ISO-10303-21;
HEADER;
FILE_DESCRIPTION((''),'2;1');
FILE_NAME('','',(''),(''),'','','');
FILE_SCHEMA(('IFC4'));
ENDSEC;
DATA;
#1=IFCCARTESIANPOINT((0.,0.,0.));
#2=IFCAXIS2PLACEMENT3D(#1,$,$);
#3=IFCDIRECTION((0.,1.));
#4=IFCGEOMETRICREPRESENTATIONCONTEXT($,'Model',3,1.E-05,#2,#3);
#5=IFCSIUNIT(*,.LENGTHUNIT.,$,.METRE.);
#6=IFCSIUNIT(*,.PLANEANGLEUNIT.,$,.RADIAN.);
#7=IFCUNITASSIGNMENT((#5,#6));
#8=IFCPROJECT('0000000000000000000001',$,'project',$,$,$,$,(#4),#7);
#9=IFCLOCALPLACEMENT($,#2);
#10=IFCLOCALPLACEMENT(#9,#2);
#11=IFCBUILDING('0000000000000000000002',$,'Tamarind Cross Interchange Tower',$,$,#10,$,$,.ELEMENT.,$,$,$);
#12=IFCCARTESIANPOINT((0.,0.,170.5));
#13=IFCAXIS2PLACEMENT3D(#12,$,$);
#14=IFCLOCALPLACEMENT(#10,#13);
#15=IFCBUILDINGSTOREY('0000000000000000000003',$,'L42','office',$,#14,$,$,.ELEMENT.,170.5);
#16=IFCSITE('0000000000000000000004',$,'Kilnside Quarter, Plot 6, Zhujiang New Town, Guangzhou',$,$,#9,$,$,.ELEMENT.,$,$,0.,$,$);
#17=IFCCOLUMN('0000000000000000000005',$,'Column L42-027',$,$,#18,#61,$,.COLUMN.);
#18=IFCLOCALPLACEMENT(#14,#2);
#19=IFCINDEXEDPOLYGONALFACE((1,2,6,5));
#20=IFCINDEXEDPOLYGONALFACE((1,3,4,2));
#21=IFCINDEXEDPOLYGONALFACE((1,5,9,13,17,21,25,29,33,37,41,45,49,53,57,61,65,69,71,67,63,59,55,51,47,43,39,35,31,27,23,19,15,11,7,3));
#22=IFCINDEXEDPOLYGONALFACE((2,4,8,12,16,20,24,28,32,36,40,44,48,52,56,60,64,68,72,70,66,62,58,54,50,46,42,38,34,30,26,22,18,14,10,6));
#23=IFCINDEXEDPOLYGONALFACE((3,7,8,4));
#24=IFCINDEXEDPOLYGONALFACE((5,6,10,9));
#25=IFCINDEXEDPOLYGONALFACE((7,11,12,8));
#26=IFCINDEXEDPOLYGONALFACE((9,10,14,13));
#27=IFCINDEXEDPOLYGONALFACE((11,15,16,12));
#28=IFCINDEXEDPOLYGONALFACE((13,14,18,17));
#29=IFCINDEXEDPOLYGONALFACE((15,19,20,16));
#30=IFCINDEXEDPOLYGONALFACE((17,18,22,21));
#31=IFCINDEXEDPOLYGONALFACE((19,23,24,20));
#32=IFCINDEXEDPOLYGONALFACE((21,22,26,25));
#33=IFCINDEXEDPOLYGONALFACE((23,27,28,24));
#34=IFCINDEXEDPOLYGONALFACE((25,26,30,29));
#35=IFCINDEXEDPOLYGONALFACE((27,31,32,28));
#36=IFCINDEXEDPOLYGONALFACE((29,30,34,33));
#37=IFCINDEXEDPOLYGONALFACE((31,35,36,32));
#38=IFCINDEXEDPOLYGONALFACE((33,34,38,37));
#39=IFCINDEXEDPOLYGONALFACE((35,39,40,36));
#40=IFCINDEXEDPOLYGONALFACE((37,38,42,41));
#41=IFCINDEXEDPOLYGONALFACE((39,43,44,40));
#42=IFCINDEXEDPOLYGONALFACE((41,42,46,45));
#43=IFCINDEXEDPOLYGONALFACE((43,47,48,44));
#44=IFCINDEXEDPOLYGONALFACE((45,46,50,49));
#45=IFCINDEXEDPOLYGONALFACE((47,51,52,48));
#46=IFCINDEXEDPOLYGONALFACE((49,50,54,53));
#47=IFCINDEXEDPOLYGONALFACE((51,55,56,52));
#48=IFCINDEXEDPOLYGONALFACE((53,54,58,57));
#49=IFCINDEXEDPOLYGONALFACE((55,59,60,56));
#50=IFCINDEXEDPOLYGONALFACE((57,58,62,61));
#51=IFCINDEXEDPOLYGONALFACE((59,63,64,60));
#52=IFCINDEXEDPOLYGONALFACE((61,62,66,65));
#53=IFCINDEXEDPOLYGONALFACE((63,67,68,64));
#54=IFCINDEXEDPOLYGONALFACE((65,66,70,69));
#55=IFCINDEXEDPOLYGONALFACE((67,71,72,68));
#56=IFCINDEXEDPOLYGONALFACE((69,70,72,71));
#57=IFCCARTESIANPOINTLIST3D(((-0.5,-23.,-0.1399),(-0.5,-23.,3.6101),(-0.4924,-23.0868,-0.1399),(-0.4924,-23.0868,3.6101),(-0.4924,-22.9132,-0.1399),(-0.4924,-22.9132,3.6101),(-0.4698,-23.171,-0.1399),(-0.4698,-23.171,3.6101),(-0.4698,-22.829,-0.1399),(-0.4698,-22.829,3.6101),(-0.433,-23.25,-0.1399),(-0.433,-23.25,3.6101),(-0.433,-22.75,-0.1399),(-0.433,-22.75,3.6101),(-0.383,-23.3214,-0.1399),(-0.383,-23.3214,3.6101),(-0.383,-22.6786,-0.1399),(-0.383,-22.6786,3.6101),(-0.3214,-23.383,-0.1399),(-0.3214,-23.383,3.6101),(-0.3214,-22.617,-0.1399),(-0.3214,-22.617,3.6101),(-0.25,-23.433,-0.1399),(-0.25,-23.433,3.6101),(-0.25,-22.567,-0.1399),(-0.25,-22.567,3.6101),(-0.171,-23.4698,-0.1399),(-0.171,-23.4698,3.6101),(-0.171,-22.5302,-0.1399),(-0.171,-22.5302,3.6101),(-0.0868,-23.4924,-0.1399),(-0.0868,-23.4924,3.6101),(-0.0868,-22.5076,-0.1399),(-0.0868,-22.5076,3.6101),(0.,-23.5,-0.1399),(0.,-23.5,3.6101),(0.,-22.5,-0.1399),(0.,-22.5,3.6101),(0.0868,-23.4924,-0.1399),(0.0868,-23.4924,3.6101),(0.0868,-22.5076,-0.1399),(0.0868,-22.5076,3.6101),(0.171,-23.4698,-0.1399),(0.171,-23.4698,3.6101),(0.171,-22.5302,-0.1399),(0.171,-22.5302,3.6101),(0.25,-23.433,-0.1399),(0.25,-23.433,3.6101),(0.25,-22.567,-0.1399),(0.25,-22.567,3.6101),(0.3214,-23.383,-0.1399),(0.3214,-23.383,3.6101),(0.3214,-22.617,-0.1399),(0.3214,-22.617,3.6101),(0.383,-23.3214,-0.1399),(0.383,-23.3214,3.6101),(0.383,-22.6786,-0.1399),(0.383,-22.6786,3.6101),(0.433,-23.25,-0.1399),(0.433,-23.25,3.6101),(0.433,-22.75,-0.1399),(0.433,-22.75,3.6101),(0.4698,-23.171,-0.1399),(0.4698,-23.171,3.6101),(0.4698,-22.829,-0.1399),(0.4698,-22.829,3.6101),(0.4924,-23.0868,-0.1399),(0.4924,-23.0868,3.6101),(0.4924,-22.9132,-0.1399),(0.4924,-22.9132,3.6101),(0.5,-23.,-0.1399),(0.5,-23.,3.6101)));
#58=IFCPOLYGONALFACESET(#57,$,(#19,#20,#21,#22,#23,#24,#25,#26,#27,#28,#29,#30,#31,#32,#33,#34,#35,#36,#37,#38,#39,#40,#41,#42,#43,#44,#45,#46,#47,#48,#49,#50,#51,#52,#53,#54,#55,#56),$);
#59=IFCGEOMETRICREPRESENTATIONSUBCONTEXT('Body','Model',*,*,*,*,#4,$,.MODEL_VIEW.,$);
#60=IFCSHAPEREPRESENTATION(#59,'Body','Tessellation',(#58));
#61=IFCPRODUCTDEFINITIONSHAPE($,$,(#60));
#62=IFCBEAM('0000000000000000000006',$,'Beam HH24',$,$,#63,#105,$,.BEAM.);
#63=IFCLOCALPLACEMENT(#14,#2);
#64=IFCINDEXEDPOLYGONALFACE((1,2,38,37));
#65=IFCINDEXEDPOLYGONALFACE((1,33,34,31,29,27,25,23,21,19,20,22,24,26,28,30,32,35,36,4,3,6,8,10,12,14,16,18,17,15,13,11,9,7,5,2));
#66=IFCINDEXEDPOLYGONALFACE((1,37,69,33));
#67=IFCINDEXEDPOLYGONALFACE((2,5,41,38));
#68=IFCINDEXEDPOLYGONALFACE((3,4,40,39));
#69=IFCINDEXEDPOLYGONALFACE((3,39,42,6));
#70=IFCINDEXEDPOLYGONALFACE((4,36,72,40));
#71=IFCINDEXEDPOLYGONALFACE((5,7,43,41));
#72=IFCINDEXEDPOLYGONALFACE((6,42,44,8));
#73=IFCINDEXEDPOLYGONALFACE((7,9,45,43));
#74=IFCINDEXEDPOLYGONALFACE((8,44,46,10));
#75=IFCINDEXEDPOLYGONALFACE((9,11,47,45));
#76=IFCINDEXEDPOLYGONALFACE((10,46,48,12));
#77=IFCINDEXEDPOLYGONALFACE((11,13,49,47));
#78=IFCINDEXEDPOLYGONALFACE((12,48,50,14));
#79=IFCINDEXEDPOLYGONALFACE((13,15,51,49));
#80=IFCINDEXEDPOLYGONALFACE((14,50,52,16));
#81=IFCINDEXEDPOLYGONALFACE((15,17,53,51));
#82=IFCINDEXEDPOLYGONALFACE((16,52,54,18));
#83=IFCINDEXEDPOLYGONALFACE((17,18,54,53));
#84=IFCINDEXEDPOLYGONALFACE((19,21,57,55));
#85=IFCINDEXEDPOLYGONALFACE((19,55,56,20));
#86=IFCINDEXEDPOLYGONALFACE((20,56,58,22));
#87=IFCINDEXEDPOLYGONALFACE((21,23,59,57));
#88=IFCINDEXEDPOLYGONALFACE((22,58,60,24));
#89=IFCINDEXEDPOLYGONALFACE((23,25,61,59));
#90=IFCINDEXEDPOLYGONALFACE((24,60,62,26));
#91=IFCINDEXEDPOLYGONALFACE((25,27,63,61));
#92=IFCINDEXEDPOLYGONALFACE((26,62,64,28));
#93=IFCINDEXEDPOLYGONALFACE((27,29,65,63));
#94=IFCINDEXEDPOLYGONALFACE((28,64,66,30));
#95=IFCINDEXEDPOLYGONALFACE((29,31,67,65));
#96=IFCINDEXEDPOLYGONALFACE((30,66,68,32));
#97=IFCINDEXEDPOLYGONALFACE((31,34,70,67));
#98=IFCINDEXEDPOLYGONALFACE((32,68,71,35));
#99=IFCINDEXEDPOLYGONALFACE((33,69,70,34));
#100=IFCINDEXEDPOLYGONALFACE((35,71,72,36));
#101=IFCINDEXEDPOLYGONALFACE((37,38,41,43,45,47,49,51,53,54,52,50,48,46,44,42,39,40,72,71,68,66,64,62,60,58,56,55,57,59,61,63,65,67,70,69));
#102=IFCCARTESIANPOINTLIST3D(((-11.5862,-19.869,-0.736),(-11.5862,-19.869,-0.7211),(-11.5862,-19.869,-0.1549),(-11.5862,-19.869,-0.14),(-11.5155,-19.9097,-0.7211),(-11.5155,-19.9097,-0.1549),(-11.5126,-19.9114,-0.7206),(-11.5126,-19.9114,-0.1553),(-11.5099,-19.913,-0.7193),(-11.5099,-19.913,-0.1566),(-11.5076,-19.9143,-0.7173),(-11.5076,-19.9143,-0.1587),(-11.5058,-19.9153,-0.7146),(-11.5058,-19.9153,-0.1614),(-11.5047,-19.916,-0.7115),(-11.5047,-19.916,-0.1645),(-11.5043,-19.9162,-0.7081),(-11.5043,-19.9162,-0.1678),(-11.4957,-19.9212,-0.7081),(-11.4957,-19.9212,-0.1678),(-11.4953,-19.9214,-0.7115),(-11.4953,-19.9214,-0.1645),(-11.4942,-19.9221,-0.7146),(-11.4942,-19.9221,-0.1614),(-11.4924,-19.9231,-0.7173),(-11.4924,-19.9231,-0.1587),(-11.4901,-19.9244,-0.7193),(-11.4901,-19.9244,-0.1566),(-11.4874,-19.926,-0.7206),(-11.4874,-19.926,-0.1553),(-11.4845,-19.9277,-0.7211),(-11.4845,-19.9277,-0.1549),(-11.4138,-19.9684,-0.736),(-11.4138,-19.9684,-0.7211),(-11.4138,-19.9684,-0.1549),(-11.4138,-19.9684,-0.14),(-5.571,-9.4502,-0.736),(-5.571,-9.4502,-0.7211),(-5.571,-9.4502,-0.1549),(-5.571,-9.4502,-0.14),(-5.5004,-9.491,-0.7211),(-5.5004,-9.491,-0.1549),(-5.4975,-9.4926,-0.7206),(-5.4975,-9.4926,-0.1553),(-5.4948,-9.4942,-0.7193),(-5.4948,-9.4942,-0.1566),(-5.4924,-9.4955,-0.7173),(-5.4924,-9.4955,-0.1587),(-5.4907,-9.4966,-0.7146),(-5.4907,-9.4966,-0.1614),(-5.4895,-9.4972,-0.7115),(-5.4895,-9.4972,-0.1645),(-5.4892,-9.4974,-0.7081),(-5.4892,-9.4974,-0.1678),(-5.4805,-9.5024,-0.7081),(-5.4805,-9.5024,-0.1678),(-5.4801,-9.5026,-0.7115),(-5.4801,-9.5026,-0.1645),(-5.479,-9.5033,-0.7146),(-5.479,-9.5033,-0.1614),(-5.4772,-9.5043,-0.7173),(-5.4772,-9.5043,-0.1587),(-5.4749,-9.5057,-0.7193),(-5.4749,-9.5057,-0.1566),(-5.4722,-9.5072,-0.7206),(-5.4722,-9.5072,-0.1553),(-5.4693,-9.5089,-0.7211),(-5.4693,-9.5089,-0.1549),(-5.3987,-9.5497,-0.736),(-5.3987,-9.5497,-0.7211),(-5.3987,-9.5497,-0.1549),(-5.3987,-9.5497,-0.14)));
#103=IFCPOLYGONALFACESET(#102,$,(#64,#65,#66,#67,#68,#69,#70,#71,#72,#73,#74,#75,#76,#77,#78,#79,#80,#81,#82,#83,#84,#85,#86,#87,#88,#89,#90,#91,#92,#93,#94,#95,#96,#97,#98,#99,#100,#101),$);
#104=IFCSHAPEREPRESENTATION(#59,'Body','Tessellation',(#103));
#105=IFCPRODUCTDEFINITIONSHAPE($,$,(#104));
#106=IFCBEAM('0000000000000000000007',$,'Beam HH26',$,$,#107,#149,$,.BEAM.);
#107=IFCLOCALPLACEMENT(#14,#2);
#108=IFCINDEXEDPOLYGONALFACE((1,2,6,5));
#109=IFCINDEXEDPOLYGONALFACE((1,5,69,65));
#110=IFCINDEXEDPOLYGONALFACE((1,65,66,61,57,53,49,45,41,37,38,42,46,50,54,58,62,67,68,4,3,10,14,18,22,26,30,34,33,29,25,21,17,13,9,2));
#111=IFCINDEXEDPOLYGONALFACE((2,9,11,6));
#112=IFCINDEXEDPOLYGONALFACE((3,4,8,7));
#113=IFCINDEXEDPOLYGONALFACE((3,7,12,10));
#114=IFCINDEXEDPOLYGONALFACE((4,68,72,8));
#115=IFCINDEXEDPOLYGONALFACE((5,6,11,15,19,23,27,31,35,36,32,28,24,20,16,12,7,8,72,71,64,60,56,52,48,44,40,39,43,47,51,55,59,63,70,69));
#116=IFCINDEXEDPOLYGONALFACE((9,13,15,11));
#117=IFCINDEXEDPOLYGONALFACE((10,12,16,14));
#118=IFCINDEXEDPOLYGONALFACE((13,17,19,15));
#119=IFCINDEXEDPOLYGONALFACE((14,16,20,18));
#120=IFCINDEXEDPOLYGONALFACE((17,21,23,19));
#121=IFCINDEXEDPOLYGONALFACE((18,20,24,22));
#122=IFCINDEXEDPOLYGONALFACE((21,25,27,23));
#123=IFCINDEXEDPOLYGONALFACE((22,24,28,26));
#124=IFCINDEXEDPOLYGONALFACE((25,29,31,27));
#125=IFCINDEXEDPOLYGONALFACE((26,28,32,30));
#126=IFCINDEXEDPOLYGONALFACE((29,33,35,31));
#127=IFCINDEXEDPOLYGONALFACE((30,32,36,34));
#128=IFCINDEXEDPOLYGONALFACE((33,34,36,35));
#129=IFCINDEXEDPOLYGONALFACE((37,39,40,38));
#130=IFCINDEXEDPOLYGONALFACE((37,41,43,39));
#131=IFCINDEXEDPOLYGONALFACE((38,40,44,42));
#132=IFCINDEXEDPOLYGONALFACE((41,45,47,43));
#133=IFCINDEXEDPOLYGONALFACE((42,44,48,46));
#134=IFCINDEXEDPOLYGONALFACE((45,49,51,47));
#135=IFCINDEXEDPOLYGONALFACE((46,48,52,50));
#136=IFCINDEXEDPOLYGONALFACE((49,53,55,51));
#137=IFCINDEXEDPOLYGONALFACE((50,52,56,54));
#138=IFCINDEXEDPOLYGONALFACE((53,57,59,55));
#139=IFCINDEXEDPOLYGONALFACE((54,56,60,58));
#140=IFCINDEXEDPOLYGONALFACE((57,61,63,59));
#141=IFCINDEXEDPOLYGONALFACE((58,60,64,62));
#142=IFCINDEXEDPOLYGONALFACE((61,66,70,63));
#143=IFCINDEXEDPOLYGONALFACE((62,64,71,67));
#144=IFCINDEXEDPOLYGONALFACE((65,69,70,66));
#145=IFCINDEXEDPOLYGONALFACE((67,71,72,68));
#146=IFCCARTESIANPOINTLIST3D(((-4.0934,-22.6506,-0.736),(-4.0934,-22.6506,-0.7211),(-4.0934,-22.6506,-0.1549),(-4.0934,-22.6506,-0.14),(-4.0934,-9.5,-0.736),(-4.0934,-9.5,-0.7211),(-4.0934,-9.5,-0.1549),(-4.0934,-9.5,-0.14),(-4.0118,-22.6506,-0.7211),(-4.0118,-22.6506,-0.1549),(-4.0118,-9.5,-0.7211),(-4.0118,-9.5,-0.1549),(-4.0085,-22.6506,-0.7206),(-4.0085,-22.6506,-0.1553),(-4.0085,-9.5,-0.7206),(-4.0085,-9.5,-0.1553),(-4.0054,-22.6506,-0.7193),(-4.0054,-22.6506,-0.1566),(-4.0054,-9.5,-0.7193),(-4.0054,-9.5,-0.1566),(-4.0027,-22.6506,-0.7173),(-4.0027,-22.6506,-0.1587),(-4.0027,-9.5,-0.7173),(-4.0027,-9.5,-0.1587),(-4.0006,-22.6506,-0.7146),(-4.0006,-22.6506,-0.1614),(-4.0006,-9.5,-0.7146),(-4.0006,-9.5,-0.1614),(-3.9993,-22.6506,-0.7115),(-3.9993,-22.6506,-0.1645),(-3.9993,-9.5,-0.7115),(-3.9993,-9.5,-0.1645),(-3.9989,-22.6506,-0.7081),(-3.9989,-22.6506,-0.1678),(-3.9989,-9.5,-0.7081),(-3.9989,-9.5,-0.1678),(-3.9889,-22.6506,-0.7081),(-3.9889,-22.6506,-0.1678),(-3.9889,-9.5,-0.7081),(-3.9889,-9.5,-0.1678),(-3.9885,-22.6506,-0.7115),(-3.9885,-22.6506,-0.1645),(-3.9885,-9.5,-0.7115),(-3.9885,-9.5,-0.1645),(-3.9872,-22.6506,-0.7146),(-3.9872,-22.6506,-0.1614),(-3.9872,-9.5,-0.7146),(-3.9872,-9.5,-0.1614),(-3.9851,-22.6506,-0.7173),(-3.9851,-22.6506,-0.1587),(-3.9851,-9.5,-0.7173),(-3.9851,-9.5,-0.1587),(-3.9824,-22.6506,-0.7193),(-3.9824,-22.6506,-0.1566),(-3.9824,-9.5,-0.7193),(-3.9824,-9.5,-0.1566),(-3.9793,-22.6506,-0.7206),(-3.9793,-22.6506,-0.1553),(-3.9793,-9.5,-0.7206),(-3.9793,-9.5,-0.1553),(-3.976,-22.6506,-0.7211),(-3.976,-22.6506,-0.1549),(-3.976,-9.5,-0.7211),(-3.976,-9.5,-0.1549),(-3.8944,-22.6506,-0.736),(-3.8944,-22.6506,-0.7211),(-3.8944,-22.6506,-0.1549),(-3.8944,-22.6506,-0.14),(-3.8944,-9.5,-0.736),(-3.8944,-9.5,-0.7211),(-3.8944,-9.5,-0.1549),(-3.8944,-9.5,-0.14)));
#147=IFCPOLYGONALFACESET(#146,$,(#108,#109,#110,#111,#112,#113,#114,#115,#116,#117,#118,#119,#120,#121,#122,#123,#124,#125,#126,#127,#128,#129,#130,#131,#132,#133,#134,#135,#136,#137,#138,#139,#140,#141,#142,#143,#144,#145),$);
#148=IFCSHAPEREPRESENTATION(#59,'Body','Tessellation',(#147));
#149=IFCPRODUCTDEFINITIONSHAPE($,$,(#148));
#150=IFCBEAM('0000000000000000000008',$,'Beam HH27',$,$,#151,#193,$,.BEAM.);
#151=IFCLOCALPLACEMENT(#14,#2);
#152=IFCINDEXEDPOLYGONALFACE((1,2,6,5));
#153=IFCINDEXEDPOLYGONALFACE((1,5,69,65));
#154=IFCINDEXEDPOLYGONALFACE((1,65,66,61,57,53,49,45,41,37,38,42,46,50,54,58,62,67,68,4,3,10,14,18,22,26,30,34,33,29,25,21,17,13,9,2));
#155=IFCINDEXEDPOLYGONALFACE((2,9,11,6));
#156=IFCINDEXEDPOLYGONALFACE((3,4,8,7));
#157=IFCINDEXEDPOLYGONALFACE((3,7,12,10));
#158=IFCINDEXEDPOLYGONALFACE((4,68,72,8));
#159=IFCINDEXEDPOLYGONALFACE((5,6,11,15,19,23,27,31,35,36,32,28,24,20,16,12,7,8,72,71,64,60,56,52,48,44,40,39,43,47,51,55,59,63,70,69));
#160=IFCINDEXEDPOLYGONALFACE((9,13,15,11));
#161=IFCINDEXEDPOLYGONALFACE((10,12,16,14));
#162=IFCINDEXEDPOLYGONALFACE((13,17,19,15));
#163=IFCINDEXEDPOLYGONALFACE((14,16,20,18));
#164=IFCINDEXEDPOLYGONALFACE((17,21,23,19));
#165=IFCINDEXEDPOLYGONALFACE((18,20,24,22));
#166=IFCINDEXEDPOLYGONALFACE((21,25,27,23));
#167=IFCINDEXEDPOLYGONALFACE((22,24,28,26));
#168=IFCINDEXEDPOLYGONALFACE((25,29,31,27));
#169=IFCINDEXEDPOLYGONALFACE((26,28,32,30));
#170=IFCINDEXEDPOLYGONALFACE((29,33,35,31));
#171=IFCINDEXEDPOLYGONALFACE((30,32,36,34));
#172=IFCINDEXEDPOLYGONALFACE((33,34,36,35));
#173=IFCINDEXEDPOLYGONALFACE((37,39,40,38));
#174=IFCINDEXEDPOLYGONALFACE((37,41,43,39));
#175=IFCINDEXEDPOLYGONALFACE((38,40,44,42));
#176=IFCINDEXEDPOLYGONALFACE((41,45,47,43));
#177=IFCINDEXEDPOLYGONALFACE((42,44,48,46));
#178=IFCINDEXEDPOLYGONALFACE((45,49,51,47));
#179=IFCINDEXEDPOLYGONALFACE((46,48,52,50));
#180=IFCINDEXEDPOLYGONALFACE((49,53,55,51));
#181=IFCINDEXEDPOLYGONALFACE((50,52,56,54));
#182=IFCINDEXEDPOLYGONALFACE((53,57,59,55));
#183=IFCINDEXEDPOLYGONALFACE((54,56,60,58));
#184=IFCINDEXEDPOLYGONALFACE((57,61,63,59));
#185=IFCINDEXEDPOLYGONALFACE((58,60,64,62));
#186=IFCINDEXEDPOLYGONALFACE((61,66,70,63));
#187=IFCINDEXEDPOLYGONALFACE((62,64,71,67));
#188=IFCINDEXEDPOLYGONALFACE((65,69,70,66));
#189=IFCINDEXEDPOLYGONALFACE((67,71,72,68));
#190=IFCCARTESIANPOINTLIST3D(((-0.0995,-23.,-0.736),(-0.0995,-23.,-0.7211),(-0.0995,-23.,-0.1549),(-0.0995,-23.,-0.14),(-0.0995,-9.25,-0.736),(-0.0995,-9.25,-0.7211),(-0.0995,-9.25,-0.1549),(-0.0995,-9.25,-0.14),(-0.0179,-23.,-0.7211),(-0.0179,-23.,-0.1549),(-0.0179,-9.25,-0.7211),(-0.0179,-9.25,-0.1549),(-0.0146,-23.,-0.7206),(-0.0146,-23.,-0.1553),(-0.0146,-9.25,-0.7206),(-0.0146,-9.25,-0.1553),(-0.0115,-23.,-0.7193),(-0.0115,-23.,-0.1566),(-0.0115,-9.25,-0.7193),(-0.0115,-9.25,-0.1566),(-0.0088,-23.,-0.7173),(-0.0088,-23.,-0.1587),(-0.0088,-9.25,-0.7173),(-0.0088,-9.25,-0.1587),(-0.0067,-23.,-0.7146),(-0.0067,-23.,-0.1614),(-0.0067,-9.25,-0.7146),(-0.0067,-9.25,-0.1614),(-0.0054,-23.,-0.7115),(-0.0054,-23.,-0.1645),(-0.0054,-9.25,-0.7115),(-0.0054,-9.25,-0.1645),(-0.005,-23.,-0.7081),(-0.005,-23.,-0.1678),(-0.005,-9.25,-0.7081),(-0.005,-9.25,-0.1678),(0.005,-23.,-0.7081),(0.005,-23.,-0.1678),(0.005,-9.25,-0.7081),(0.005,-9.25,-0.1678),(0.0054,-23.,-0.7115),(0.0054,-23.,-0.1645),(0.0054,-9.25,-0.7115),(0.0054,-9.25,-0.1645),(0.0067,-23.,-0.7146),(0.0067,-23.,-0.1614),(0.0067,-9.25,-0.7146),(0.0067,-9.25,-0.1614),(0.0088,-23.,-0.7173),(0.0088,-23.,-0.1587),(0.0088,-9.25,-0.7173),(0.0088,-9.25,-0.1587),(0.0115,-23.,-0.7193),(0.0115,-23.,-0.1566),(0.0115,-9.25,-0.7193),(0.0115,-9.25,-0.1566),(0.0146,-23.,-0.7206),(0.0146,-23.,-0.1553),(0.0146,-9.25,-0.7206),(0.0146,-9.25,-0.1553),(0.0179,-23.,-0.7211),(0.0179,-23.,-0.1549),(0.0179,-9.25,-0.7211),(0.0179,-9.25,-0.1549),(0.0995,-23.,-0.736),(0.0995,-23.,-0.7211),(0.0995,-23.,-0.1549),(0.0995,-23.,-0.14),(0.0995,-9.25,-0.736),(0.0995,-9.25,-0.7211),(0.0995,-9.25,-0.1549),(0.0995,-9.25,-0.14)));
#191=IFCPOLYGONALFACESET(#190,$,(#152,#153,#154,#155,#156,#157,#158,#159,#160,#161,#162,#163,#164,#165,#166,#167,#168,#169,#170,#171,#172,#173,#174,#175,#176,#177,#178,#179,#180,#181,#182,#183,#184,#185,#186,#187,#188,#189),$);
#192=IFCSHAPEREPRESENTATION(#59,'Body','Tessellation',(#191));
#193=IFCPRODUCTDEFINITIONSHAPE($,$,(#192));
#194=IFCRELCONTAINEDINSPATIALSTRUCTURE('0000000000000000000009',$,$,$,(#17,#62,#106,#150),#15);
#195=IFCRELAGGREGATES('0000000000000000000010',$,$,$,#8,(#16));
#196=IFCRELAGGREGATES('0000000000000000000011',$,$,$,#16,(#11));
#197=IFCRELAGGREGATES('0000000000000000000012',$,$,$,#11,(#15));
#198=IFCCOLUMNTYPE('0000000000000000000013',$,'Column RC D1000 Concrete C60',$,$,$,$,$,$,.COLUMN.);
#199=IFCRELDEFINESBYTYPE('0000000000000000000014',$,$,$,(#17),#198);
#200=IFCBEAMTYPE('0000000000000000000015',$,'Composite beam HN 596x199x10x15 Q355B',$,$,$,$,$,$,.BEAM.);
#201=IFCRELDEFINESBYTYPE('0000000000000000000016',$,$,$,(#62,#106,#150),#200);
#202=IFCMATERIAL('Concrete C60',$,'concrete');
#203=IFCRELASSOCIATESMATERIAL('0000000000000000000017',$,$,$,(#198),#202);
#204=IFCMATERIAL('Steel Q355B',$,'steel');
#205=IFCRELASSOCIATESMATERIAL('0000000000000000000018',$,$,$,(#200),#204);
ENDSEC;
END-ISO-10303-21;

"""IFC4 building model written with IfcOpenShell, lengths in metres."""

from ifc_helpers import new_model, si_unit, direction, frame, origin, origin_2d, place, context, subcontext, project, spatial, circle, i_section, extrude, material, material_profile, profile_set, type_object, element, save


model = new_model("IFC4")

# Units and contexts
model_context = context("Model", 3, precision=1e-05, world=origin(), true_north=direction((0.0, 1.0)))
body_context = subcontext(model_context, "Body", "Model", "MODEL_VIEW")
ifc_project = project(units=[si_unit("LENGTHUNIT", "METRE"), si_unit("PLANEANGLEUNIT", "RADIAN")], contexts=[model_context])

# Site, building, storey
site_placement = place(None, origin())
site = spatial("IfcSite", under=ifc_project, at=site_placement, Name="Kilnside Quarter, Plot 6, Zhujiang New Town, Guangzhou", CompositionType="ELEMENT", RefElevation=0.0)
building_placement = place(site_placement, origin())
building = spatial("IfcBuilding", under=site, at=building_placement, Name="Tamarind Cross Interchange Tower", CompositionType="ELEMENT")
storey_placement = place(building_placement, frame((0.0, 0.0, 170.5)))
storey = spatial("IfcBuildingStorey", under=building, at=storey_placement, Name="L42", Description="office", CompositionType="ELEMENT", Elevation=170.5)

# Column
ifc_material_1 = material(Name="Concrete C60", Category="concrete")
ifc_material_profile_1 = material_profile(ifc_material_1, circle(Radius=0.5, at=origin_2d()), Name="RC D1000")
ifc_profile_set_1 = profile_set([ifc_material_profile_1], Name="Concrete C60")
column_type = type_object("IfcColumnType", Name="Column RC D1000 Concrete C60", PredefinedType="COLUMN", material=ifc_profile_set_1)
for number, where, z_axis, x_axis, name in (
    (1, (0.0, -23.0, -0.1399), (0.0, 0.0, 1.0), (1.0, 0.0, 0.0), "Column L42-027"),
):
    element("IfcColumn", number, at=place(storey_placement, frame(where, z_axis=z_axis, x_axis=x_axis)), inside=storey, type_object=column_type, Name=name, PredefinedType="COLUMN", context=body_context, shape_type="SweptSolid", body=[
        extrude(circle(Radius=0.5, at=origin_2d()), origin(), (0.0, 0.0, 1.0), 3.75),
    ])

# Beams
ifc_material_2 = material(Name="Steel Q355B", Category="steel")
ifc_material_profile_2 = material_profile(ifc_material_2, i_section(OverallWidth=0.199, OverallDepth=0.5959, WebThickness=0.01, FlangeThickness=0.0149, FilletRadius=0.0129, at=origin_2d()), Name="HN 596x199x10x15")
ifc_profile_set_2 = profile_set([ifc_material_profile_2], Name="Steel Q355B")
beam_type = type_object("IfcBeamType", Name="Composite beam HN 596x199x10x15 Q355B", PredefinedType="BEAM", material=ifc_profile_set_2)
beam_1_placement = place(storey_placement, frame((-11.5, -19.9187, -0.438), z_axis=(0.499994, 0.866029, 0.0), x_axis=(-0.866029, 0.499994, 0.0)))
element("IfcBeam", 2, at=beam_1_placement, inside=storey, type_object=beam_type, Name="Beam HH24", PredefinedType="BEAM", context=body_context, shape_type="SweptSolid", body=[
    extrude(i_section(OverallWidth=0.199, OverallDepth=0.5959, WebThickness=0.01, FlangeThickness=0.0149, FilletRadius=0.0129, at=origin_2d()), origin(), (0.0, 0.0, 1.0), 12.0305),
])
beam_2_placement = place(storey_placement, frame((-3.9939, -22.6506, -0.438), z_axis=(0.0, 1.0, 0.0), x_axis=(-1.0, 0.0, 0.0)))
element("IfcBeam", 3, at=beam_2_placement, inside=storey, type_object=beam_type, Name="Beam HH26", PredefinedType="BEAM", context=body_context, shape_type="SweptSolid", body=[
    extrude(i_section(OverallWidth=0.199, OverallDepth=0.5959, WebThickness=0.01, FlangeThickness=0.0149, FilletRadius=0.0129, at=origin_2d()), origin(), (0.0, 0.0, 1.0), 13.1506),
])
beam_3_placement = place(storey_placement, frame((0.0, -23.0, -0.438), z_axis=(0.0, 1.0, 0.0), x_axis=(-1.0, 0.0, 0.0)))
element("IfcBeam", 4, at=beam_3_placement, inside=storey, type_object=beam_type, Name="Beam HH27", PredefinedType="BEAM", context=body_context, shape_type="SweptSolid", body=[
    extrude(i_section(OverallWidth=0.199, OverallDepth=0.5959, WebThickness=0.01, FlangeThickness=0.0149, FilletRadius=0.0129, at=origin_2d()), origin(), (0.0, 0.0, 1.0), 13.75),
])

save(model, "model.ifc")
